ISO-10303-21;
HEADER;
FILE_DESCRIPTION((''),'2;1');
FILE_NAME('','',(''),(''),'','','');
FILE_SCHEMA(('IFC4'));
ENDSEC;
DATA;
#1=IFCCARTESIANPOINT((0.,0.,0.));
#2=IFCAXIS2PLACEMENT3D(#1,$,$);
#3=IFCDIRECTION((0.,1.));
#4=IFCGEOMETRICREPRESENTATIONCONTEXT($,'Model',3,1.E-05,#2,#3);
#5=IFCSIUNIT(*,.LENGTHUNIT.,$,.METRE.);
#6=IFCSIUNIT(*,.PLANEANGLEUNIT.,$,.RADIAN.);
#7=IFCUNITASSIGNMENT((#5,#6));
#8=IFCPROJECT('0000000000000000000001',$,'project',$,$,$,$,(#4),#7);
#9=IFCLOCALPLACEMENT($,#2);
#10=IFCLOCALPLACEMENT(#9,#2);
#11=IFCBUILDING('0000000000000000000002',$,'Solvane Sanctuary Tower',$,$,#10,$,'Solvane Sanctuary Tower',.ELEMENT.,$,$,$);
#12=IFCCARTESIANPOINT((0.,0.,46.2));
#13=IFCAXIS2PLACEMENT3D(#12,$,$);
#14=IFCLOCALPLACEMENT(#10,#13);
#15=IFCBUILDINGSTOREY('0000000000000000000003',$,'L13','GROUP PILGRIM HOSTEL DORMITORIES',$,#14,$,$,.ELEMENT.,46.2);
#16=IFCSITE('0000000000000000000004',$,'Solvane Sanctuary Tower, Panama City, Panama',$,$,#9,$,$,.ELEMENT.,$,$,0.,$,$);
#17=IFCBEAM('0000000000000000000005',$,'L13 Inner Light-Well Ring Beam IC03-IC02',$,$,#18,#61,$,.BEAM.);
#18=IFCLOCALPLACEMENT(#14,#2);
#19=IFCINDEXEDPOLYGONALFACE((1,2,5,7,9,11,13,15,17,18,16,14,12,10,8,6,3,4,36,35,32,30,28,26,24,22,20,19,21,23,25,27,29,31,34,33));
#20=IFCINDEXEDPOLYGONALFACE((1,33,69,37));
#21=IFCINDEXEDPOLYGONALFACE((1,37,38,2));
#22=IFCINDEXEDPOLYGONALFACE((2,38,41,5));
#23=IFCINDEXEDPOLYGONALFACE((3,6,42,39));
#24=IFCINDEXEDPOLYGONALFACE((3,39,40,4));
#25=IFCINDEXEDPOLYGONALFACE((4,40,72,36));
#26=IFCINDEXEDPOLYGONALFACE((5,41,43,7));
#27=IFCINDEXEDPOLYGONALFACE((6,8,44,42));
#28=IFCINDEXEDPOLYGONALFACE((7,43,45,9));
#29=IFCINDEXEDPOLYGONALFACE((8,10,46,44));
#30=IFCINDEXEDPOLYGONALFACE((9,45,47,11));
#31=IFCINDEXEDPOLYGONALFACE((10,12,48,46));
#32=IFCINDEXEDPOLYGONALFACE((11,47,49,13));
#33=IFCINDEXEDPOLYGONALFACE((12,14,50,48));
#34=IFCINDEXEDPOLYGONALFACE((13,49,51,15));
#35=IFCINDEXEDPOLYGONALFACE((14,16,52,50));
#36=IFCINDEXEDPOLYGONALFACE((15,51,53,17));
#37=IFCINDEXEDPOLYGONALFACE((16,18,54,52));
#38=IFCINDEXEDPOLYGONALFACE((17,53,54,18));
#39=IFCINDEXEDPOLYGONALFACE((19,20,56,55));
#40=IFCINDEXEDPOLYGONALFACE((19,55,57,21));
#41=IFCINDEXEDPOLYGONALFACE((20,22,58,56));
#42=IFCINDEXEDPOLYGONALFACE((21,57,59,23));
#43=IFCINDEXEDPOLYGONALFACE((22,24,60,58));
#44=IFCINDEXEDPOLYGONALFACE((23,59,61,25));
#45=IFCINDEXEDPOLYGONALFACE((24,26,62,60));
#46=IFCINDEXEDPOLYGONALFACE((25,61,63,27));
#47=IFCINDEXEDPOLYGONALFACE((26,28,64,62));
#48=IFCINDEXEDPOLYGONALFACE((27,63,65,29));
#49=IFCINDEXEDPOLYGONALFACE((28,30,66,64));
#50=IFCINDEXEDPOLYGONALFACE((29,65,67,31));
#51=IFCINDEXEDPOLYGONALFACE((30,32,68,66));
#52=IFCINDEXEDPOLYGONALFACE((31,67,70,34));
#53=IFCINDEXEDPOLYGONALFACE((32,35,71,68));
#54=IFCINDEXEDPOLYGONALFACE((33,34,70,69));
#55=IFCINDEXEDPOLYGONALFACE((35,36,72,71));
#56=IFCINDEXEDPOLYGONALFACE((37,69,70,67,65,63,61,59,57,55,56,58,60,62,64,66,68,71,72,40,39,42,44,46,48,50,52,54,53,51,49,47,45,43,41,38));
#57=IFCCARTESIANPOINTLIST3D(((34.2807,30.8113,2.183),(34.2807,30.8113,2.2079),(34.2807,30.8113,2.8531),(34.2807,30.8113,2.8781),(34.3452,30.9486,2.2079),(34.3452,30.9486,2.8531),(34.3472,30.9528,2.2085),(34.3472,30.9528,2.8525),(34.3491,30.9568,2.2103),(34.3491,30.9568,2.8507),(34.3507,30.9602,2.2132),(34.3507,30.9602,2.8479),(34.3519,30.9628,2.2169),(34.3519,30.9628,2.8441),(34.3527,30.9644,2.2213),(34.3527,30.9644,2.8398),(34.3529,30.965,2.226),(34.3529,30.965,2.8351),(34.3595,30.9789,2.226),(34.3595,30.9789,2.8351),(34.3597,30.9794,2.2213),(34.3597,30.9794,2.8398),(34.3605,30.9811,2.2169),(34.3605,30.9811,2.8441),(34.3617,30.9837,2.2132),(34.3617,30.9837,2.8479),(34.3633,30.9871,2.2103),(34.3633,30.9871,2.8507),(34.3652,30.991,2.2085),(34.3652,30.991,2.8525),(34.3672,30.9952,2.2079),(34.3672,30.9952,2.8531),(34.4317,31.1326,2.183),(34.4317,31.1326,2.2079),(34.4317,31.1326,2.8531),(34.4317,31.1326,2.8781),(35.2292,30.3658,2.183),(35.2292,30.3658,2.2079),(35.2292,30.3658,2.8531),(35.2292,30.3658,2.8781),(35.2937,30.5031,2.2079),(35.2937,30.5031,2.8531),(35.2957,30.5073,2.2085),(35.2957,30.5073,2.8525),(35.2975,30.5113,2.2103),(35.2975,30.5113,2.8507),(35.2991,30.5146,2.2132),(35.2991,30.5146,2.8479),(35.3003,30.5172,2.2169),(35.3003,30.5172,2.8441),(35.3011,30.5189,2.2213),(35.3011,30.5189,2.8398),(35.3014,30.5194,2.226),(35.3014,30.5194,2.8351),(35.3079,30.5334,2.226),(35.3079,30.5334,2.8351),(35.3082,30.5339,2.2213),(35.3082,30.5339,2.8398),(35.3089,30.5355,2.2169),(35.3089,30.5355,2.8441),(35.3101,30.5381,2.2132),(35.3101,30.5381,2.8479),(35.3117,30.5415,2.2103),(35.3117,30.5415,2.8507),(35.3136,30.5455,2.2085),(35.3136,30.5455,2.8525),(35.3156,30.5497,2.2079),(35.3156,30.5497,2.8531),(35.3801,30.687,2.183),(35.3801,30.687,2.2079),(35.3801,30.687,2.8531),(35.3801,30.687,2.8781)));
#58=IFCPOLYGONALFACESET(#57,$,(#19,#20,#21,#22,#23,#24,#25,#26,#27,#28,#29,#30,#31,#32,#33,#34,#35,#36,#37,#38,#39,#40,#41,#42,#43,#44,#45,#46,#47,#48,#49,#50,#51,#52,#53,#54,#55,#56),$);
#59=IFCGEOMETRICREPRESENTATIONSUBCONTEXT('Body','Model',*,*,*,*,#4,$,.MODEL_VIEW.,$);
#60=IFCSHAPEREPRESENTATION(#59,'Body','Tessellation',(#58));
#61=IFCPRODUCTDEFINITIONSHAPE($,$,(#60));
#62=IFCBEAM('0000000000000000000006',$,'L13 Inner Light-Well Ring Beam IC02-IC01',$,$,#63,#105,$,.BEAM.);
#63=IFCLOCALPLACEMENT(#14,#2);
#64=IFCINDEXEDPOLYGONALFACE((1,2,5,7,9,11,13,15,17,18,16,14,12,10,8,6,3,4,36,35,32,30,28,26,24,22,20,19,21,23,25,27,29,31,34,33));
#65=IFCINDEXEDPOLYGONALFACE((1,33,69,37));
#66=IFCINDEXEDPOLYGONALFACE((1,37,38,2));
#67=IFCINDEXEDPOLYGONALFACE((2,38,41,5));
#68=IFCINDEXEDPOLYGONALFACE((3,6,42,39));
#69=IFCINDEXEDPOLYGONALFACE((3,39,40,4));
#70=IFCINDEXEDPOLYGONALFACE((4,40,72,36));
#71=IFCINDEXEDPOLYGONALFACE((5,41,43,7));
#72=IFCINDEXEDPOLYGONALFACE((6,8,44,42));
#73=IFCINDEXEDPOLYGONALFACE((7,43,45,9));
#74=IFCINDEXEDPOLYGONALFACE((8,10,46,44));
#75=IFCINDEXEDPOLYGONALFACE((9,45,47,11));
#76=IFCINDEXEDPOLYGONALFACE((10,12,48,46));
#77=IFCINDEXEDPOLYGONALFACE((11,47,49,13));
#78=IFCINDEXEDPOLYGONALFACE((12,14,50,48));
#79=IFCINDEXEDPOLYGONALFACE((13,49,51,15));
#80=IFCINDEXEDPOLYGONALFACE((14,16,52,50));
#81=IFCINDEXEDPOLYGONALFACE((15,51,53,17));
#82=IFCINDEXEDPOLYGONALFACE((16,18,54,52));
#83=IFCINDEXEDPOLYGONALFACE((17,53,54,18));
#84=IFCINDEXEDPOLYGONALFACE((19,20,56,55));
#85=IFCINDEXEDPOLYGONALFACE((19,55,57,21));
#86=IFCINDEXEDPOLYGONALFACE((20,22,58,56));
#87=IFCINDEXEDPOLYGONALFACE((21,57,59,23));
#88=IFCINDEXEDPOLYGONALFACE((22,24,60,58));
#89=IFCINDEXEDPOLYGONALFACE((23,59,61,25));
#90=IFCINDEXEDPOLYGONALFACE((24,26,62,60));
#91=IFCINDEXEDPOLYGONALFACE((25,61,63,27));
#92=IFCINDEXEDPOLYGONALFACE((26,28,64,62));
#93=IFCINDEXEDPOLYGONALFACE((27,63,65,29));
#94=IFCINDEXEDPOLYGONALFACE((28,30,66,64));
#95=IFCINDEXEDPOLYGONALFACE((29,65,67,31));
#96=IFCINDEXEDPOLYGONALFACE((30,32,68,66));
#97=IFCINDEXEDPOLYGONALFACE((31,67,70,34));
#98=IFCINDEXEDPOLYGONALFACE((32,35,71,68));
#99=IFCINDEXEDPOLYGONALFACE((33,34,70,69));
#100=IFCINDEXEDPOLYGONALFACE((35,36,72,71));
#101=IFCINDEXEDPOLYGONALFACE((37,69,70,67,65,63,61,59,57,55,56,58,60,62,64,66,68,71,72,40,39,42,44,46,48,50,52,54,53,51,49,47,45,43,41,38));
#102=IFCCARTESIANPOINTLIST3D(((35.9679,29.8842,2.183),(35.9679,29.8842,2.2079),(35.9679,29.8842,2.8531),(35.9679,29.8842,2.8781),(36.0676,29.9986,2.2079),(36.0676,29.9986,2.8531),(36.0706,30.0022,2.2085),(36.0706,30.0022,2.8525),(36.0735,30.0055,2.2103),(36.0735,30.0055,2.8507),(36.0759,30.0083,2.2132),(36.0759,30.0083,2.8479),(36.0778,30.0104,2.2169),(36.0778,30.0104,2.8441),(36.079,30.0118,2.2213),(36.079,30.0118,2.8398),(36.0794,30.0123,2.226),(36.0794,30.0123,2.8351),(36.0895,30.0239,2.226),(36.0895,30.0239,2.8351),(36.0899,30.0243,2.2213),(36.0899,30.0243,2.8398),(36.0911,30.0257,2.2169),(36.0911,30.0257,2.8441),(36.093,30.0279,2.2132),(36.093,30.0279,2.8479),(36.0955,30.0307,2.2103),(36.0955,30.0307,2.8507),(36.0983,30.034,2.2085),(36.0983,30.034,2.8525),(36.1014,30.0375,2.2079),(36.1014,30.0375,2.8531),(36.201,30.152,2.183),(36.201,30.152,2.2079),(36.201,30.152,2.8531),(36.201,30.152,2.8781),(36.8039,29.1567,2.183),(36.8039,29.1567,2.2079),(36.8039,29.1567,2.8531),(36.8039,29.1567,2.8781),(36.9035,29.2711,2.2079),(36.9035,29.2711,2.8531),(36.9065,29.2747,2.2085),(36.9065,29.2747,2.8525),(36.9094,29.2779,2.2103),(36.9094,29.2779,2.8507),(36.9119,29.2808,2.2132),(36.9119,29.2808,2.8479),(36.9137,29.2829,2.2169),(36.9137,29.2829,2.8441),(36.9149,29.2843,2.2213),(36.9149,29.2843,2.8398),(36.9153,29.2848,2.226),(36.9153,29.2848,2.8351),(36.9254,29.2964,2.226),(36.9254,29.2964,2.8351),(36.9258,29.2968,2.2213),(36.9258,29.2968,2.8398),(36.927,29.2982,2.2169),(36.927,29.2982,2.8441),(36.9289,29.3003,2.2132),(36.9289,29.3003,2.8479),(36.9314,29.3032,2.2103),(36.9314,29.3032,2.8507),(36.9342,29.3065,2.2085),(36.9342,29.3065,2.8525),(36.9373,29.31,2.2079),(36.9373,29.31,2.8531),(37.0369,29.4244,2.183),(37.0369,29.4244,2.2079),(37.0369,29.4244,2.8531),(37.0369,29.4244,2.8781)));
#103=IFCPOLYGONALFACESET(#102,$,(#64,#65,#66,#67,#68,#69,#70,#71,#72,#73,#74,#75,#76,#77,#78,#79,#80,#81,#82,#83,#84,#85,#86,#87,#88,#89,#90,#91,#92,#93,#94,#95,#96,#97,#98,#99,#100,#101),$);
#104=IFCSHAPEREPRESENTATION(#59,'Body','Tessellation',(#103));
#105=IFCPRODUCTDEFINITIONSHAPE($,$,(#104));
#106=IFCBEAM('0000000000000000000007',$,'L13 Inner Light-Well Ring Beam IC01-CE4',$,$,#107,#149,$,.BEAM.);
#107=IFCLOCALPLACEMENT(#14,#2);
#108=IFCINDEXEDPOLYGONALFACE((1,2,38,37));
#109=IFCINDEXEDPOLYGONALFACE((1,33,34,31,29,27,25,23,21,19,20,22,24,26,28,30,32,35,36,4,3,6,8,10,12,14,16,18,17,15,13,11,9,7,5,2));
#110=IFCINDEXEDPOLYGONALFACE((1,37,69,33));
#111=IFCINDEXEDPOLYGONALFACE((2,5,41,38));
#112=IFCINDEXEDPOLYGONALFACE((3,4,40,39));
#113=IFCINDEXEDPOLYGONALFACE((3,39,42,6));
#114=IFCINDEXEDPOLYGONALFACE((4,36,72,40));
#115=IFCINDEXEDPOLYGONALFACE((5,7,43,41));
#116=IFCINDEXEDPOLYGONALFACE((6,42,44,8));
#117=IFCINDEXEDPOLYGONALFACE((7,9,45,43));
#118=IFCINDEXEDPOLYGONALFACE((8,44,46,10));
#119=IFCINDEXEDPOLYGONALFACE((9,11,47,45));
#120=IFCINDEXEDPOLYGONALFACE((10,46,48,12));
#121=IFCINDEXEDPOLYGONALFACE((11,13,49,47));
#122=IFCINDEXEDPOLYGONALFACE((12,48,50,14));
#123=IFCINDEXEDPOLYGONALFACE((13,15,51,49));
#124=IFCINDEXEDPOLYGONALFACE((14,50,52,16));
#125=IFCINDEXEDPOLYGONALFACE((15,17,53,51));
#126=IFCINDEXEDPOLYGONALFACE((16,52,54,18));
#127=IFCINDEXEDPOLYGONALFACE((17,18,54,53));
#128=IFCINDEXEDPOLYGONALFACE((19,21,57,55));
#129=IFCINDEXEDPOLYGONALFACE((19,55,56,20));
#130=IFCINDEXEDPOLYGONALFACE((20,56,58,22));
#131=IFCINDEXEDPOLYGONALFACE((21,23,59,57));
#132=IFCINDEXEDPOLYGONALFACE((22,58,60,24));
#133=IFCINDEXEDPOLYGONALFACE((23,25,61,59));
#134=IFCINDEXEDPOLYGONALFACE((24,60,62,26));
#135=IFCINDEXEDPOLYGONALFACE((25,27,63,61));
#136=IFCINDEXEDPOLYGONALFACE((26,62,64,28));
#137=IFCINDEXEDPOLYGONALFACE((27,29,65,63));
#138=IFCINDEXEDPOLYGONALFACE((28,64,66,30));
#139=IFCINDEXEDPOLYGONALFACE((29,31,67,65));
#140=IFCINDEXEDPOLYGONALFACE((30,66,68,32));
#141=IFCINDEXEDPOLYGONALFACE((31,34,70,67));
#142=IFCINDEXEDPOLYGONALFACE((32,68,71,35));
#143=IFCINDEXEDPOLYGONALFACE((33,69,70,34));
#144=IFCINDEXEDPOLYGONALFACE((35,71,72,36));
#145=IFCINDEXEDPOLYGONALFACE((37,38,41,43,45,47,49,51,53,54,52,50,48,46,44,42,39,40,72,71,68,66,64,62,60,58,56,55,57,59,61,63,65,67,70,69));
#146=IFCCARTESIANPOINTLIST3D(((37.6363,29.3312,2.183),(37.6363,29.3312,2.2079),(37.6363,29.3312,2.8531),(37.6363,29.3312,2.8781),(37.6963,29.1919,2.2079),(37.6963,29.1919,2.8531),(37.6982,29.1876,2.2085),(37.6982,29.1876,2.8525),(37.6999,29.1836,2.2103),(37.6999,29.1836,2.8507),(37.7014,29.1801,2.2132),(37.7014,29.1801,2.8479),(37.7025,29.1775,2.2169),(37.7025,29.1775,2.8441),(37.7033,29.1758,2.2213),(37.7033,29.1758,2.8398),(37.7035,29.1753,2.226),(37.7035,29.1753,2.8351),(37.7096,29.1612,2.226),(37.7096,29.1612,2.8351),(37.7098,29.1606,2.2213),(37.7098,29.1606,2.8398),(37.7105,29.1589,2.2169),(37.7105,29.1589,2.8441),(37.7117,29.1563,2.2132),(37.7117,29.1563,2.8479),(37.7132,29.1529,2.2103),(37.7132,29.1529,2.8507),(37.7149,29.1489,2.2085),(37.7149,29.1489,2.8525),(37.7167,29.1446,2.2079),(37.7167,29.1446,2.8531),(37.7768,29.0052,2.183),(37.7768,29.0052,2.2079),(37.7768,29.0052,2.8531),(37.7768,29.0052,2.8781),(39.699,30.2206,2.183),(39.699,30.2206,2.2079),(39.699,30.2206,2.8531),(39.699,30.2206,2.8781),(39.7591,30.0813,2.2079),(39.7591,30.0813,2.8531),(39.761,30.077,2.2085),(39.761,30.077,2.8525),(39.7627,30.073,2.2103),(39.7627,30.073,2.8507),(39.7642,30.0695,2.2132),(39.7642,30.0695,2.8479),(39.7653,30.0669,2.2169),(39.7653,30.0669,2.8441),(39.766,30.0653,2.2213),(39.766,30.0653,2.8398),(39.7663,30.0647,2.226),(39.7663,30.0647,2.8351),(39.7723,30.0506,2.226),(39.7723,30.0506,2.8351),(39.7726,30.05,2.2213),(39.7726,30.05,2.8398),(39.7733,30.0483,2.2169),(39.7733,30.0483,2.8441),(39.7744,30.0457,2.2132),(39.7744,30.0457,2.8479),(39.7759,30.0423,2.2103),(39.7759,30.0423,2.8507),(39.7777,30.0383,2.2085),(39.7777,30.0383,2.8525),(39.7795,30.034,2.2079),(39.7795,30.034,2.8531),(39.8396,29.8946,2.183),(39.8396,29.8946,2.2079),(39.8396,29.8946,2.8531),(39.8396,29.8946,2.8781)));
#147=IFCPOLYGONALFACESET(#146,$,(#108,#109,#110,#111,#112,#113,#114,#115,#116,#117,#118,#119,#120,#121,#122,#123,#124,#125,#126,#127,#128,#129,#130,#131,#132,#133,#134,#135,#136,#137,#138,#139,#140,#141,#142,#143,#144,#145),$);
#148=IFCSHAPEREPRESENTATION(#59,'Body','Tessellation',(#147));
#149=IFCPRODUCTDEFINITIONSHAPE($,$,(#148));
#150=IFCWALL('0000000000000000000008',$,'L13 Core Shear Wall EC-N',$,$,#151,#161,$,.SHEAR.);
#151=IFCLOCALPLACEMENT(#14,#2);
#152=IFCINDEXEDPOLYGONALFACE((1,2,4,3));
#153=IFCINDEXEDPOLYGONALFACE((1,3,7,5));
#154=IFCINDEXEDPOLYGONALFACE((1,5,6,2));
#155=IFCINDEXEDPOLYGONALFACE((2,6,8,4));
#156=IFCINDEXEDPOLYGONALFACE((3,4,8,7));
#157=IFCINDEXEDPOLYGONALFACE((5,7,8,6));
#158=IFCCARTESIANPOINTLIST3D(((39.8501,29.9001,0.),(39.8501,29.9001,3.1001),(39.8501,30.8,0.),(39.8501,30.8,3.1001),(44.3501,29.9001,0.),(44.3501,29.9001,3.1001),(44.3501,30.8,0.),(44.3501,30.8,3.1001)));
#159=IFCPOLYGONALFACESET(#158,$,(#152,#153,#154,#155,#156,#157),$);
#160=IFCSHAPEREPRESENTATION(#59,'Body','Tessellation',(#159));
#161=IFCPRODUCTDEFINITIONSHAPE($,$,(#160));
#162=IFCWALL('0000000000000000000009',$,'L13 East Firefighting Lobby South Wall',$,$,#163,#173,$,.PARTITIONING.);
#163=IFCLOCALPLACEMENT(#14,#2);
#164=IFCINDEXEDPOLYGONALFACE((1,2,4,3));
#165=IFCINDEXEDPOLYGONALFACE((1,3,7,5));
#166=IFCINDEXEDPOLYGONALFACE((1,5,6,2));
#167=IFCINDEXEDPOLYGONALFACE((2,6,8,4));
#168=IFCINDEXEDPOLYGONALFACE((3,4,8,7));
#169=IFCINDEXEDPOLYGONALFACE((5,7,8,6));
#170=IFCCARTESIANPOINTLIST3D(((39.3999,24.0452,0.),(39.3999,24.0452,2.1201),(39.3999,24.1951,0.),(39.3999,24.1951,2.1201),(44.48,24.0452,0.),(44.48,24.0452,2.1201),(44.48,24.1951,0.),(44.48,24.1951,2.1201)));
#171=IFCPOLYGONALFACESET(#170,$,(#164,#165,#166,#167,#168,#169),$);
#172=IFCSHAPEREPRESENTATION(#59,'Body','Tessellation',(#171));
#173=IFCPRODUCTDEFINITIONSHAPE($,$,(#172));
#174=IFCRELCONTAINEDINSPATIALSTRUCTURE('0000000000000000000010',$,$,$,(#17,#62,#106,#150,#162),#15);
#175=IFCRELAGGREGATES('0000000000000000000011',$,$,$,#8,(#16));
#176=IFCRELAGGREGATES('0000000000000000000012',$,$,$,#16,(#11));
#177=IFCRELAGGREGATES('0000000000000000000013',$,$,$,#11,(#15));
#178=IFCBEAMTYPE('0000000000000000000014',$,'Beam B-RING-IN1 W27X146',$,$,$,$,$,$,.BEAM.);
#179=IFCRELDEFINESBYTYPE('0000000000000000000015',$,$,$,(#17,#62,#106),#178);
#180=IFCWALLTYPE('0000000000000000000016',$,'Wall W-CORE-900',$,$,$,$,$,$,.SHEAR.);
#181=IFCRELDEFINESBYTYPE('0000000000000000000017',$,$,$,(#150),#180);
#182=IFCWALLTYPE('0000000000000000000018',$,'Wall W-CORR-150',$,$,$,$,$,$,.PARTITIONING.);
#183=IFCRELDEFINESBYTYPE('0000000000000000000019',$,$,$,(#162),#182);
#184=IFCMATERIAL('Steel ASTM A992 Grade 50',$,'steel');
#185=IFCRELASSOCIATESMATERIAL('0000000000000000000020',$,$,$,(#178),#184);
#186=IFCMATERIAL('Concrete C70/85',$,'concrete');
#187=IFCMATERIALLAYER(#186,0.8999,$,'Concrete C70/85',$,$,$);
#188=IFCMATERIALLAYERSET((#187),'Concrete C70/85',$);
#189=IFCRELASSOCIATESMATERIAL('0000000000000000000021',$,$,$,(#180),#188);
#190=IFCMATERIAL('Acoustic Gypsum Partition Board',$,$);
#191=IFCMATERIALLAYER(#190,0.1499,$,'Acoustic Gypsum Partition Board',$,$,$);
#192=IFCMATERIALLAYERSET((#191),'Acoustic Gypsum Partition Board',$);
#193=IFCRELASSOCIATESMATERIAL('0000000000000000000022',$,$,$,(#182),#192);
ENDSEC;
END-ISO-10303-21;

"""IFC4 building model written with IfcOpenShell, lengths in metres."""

from ifc_helpers import new_model, si_unit, direction, frame, frame_2d, origin, origin_2d, place, context, subcontext, project, spatial, rectangle, i_section, extrude, material, layer, layer_set, material_profile, profile_set, type_object, element, save


model = new_model("IFC4")

# Units and contexts
model_context = context("Model", 3, precision=1e-05, world=origin(), true_north=direction((0.0, 1.0)))
body_context = subcontext(model_context, "Body", "Model", "MODEL_VIEW")
ifc_project = project(units=[si_unit("LENGTHUNIT", "METRE"), si_unit("PLANEANGLEUNIT", "RADIAN")], contexts=[model_context])

# Site, building, storey
site_placement = place(None, origin())
site = spatial("IfcSite", under=ifc_project, at=site_placement, Name="Solvane Sanctuary Tower, Panama City, Panama", CompositionType="ELEMENT", RefElevation=0.0)
building_placement = place(site_placement, origin())
building = spatial("IfcBuilding", under=site, at=building_placement, Name="Solvane Sanctuary Tower", LongName="Solvane Sanctuary Tower", CompositionType="ELEMENT")
storey_placement = place(building_placement, frame((0.0, 0.0, 46.2)))
storey = spatial("IfcBuildingStorey", under=building, at=storey_placement, Name="L13", Description="GROUP PILGRIM HOSTEL DORMITORIES", CompositionType="ELEMENT", Elevation=46.2)

# Shared definitions
ifc_material_1 = material(Name="Concrete C70/85", Category="concrete")

# Beams
ifc_material_2 = material(Name="Steel ASTM A992 Grade 50", Category="steel")
ifc_material_profile_1 = material_profile(ifc_material_2, i_section(OverallWidth=0.355, OverallDepth=0.6951, WebThickness=0.0154, FlangeThickness=0.0249, FilletRadius=0.0181, at=origin_2d()), Name="W27X146")
ifc_profile_set_1 = profile_set([ifc_material_profile_1], Name="Steel ASTM A992 Grade 50")
beam_type_1 = type_object("IfcBeamType", Name="Beam B-RING-IN1 W27X146", PredefinedType="BEAM", material=ifc_profile_set_1)
beam_1_placement = place(storey_placement, frame((34.3562, 30.9719, 2.5305), z_axis=(0.905109, -0.42518, 0.0), x_axis=(0.42518, 0.905109, 0.0)))
element("IfcBeam", 1, at=beam_1_placement, inside=storey, type_object=beam_type_1, Name="L13 Inner Light-Well Ring Beam IC03-IC02", PredefinedType="BEAM", context=body_context, shape_type="SweptSolid", body=[
    extrude(i_section(OverallWidth=0.355, OverallDepth=0.6951, WebThickness=0.0154, FlangeThickness=0.0249, FilletRadius=0.0181, at=origin_2d()), origin(), (0.0, 0.0, 1.0), 1.0479),
])
beam_2_placement = place(storey_placement, frame((36.0845, 30.0181, 2.5305), z_axis=(0.754321, -0.656506, 0.0), x_axis=(0.656506, 0.754321, 0.0)))
element("IfcBeam", 2, at=beam_2_placement, inside=storey, type_object=beam_type_1, Name="L13 Inner Light-Well Ring Beam IC02-IC01", PredefinedType="BEAM", context=body_context, shape_type="SweptSolid", body=[
    extrude(i_section(OverallWidth=0.355, OverallDepth=0.6951, WebThickness=0.0154, FlangeThickness=0.0249, FilletRadius=0.0181, at=origin_2d()), origin(), (0.0, 0.0, 1.0), 1.1082),
])
beam_3_placement = place(storey_placement, frame((37.7065, 29.1682, 2.5305), z_axis=(0.918277, 0.395938, 0.0), x_axis=(-0.395938, 0.918277, 0.0)))
element("IfcBeam", 3, at=beam_3_placement, inside=storey, type_object=beam_type_1, Name="L13 Inner Light-Well Ring Beam IC01-CE4", PredefinedType="BEAM", context=body_context, shape_type="SweptSolid", body=[
    extrude(i_section(OverallWidth=0.355, OverallDepth=0.6951, WebThickness=0.0154, FlangeThickness=0.0249, FilletRadius=0.0181, at=origin_2d()), origin(), (0.0, 0.0, 1.0), 2.2463),
])

# Walls
ifc_layer_1 = layer(ifc_material_1, 0.8999, Name="Concrete C70/85")
ifc_layer_set_1 = layer_set([ifc_layer_1], Name="Concrete C70/85")
wall_type_1 = type_object("IfcWallType", Name="Wall W-CORE-900", PredefinedType="SHEAR", material=ifc_layer_set_1)
wall_1_placement = place(storey_placement, frame((39.8501, 30.3501, 0.0), z_axis=(0.0, 0.0, 1.0), x_axis=(1.0, 0.0, 0.0)))
element("IfcWall", 4, at=wall_1_placement, inside=storey, type_object=wall_type_1, Name="L13 Core Shear Wall EC-N", PredefinedType="SHEAR", context=body_context, shape_type="SweptSolid", body=[
    extrude(rectangle(XDim=4.5, YDim=0.8999, at=frame_2d((2.25, 0.0))), origin(), (0.0, 0.0, 1.0), 3.1001),
])
ifc_material_3 = material(Name="Acoustic Gypsum Partition Board")
ifc_layer_2 = layer(ifc_material_3, 0.1499, Name="Acoustic Gypsum Partition Board")
ifc_layer_set_2 = layer_set([ifc_layer_2], Name="Acoustic Gypsum Partition Board")
wall_type_2 = type_object("IfcWallType", Name="Wall W-CORR-150", PredefinedType="PARTITIONING", material=ifc_layer_set_2)
wall_2_placement = place(storey_placement, frame((39.3999, 24.1201, 0.0), z_axis=(0.0, 0.0, 1.0), x_axis=(1.0, 0.0, 0.0)))
element("IfcWall", 5, at=wall_2_placement, inside=storey, type_object=wall_type_2, Name="L13 East Firefighting Lobby South Wall", PredefinedType="PARTITIONING", context=body_context, shape_type="SweptSolid", body=[
    extrude(rectangle(XDim=5.0801, YDim=0.1499, at=frame_2d((2.54, 0.0))), origin(), (0.0, 0.0, 1.0), 2.1201),
])

save(model, "model.ifc")
